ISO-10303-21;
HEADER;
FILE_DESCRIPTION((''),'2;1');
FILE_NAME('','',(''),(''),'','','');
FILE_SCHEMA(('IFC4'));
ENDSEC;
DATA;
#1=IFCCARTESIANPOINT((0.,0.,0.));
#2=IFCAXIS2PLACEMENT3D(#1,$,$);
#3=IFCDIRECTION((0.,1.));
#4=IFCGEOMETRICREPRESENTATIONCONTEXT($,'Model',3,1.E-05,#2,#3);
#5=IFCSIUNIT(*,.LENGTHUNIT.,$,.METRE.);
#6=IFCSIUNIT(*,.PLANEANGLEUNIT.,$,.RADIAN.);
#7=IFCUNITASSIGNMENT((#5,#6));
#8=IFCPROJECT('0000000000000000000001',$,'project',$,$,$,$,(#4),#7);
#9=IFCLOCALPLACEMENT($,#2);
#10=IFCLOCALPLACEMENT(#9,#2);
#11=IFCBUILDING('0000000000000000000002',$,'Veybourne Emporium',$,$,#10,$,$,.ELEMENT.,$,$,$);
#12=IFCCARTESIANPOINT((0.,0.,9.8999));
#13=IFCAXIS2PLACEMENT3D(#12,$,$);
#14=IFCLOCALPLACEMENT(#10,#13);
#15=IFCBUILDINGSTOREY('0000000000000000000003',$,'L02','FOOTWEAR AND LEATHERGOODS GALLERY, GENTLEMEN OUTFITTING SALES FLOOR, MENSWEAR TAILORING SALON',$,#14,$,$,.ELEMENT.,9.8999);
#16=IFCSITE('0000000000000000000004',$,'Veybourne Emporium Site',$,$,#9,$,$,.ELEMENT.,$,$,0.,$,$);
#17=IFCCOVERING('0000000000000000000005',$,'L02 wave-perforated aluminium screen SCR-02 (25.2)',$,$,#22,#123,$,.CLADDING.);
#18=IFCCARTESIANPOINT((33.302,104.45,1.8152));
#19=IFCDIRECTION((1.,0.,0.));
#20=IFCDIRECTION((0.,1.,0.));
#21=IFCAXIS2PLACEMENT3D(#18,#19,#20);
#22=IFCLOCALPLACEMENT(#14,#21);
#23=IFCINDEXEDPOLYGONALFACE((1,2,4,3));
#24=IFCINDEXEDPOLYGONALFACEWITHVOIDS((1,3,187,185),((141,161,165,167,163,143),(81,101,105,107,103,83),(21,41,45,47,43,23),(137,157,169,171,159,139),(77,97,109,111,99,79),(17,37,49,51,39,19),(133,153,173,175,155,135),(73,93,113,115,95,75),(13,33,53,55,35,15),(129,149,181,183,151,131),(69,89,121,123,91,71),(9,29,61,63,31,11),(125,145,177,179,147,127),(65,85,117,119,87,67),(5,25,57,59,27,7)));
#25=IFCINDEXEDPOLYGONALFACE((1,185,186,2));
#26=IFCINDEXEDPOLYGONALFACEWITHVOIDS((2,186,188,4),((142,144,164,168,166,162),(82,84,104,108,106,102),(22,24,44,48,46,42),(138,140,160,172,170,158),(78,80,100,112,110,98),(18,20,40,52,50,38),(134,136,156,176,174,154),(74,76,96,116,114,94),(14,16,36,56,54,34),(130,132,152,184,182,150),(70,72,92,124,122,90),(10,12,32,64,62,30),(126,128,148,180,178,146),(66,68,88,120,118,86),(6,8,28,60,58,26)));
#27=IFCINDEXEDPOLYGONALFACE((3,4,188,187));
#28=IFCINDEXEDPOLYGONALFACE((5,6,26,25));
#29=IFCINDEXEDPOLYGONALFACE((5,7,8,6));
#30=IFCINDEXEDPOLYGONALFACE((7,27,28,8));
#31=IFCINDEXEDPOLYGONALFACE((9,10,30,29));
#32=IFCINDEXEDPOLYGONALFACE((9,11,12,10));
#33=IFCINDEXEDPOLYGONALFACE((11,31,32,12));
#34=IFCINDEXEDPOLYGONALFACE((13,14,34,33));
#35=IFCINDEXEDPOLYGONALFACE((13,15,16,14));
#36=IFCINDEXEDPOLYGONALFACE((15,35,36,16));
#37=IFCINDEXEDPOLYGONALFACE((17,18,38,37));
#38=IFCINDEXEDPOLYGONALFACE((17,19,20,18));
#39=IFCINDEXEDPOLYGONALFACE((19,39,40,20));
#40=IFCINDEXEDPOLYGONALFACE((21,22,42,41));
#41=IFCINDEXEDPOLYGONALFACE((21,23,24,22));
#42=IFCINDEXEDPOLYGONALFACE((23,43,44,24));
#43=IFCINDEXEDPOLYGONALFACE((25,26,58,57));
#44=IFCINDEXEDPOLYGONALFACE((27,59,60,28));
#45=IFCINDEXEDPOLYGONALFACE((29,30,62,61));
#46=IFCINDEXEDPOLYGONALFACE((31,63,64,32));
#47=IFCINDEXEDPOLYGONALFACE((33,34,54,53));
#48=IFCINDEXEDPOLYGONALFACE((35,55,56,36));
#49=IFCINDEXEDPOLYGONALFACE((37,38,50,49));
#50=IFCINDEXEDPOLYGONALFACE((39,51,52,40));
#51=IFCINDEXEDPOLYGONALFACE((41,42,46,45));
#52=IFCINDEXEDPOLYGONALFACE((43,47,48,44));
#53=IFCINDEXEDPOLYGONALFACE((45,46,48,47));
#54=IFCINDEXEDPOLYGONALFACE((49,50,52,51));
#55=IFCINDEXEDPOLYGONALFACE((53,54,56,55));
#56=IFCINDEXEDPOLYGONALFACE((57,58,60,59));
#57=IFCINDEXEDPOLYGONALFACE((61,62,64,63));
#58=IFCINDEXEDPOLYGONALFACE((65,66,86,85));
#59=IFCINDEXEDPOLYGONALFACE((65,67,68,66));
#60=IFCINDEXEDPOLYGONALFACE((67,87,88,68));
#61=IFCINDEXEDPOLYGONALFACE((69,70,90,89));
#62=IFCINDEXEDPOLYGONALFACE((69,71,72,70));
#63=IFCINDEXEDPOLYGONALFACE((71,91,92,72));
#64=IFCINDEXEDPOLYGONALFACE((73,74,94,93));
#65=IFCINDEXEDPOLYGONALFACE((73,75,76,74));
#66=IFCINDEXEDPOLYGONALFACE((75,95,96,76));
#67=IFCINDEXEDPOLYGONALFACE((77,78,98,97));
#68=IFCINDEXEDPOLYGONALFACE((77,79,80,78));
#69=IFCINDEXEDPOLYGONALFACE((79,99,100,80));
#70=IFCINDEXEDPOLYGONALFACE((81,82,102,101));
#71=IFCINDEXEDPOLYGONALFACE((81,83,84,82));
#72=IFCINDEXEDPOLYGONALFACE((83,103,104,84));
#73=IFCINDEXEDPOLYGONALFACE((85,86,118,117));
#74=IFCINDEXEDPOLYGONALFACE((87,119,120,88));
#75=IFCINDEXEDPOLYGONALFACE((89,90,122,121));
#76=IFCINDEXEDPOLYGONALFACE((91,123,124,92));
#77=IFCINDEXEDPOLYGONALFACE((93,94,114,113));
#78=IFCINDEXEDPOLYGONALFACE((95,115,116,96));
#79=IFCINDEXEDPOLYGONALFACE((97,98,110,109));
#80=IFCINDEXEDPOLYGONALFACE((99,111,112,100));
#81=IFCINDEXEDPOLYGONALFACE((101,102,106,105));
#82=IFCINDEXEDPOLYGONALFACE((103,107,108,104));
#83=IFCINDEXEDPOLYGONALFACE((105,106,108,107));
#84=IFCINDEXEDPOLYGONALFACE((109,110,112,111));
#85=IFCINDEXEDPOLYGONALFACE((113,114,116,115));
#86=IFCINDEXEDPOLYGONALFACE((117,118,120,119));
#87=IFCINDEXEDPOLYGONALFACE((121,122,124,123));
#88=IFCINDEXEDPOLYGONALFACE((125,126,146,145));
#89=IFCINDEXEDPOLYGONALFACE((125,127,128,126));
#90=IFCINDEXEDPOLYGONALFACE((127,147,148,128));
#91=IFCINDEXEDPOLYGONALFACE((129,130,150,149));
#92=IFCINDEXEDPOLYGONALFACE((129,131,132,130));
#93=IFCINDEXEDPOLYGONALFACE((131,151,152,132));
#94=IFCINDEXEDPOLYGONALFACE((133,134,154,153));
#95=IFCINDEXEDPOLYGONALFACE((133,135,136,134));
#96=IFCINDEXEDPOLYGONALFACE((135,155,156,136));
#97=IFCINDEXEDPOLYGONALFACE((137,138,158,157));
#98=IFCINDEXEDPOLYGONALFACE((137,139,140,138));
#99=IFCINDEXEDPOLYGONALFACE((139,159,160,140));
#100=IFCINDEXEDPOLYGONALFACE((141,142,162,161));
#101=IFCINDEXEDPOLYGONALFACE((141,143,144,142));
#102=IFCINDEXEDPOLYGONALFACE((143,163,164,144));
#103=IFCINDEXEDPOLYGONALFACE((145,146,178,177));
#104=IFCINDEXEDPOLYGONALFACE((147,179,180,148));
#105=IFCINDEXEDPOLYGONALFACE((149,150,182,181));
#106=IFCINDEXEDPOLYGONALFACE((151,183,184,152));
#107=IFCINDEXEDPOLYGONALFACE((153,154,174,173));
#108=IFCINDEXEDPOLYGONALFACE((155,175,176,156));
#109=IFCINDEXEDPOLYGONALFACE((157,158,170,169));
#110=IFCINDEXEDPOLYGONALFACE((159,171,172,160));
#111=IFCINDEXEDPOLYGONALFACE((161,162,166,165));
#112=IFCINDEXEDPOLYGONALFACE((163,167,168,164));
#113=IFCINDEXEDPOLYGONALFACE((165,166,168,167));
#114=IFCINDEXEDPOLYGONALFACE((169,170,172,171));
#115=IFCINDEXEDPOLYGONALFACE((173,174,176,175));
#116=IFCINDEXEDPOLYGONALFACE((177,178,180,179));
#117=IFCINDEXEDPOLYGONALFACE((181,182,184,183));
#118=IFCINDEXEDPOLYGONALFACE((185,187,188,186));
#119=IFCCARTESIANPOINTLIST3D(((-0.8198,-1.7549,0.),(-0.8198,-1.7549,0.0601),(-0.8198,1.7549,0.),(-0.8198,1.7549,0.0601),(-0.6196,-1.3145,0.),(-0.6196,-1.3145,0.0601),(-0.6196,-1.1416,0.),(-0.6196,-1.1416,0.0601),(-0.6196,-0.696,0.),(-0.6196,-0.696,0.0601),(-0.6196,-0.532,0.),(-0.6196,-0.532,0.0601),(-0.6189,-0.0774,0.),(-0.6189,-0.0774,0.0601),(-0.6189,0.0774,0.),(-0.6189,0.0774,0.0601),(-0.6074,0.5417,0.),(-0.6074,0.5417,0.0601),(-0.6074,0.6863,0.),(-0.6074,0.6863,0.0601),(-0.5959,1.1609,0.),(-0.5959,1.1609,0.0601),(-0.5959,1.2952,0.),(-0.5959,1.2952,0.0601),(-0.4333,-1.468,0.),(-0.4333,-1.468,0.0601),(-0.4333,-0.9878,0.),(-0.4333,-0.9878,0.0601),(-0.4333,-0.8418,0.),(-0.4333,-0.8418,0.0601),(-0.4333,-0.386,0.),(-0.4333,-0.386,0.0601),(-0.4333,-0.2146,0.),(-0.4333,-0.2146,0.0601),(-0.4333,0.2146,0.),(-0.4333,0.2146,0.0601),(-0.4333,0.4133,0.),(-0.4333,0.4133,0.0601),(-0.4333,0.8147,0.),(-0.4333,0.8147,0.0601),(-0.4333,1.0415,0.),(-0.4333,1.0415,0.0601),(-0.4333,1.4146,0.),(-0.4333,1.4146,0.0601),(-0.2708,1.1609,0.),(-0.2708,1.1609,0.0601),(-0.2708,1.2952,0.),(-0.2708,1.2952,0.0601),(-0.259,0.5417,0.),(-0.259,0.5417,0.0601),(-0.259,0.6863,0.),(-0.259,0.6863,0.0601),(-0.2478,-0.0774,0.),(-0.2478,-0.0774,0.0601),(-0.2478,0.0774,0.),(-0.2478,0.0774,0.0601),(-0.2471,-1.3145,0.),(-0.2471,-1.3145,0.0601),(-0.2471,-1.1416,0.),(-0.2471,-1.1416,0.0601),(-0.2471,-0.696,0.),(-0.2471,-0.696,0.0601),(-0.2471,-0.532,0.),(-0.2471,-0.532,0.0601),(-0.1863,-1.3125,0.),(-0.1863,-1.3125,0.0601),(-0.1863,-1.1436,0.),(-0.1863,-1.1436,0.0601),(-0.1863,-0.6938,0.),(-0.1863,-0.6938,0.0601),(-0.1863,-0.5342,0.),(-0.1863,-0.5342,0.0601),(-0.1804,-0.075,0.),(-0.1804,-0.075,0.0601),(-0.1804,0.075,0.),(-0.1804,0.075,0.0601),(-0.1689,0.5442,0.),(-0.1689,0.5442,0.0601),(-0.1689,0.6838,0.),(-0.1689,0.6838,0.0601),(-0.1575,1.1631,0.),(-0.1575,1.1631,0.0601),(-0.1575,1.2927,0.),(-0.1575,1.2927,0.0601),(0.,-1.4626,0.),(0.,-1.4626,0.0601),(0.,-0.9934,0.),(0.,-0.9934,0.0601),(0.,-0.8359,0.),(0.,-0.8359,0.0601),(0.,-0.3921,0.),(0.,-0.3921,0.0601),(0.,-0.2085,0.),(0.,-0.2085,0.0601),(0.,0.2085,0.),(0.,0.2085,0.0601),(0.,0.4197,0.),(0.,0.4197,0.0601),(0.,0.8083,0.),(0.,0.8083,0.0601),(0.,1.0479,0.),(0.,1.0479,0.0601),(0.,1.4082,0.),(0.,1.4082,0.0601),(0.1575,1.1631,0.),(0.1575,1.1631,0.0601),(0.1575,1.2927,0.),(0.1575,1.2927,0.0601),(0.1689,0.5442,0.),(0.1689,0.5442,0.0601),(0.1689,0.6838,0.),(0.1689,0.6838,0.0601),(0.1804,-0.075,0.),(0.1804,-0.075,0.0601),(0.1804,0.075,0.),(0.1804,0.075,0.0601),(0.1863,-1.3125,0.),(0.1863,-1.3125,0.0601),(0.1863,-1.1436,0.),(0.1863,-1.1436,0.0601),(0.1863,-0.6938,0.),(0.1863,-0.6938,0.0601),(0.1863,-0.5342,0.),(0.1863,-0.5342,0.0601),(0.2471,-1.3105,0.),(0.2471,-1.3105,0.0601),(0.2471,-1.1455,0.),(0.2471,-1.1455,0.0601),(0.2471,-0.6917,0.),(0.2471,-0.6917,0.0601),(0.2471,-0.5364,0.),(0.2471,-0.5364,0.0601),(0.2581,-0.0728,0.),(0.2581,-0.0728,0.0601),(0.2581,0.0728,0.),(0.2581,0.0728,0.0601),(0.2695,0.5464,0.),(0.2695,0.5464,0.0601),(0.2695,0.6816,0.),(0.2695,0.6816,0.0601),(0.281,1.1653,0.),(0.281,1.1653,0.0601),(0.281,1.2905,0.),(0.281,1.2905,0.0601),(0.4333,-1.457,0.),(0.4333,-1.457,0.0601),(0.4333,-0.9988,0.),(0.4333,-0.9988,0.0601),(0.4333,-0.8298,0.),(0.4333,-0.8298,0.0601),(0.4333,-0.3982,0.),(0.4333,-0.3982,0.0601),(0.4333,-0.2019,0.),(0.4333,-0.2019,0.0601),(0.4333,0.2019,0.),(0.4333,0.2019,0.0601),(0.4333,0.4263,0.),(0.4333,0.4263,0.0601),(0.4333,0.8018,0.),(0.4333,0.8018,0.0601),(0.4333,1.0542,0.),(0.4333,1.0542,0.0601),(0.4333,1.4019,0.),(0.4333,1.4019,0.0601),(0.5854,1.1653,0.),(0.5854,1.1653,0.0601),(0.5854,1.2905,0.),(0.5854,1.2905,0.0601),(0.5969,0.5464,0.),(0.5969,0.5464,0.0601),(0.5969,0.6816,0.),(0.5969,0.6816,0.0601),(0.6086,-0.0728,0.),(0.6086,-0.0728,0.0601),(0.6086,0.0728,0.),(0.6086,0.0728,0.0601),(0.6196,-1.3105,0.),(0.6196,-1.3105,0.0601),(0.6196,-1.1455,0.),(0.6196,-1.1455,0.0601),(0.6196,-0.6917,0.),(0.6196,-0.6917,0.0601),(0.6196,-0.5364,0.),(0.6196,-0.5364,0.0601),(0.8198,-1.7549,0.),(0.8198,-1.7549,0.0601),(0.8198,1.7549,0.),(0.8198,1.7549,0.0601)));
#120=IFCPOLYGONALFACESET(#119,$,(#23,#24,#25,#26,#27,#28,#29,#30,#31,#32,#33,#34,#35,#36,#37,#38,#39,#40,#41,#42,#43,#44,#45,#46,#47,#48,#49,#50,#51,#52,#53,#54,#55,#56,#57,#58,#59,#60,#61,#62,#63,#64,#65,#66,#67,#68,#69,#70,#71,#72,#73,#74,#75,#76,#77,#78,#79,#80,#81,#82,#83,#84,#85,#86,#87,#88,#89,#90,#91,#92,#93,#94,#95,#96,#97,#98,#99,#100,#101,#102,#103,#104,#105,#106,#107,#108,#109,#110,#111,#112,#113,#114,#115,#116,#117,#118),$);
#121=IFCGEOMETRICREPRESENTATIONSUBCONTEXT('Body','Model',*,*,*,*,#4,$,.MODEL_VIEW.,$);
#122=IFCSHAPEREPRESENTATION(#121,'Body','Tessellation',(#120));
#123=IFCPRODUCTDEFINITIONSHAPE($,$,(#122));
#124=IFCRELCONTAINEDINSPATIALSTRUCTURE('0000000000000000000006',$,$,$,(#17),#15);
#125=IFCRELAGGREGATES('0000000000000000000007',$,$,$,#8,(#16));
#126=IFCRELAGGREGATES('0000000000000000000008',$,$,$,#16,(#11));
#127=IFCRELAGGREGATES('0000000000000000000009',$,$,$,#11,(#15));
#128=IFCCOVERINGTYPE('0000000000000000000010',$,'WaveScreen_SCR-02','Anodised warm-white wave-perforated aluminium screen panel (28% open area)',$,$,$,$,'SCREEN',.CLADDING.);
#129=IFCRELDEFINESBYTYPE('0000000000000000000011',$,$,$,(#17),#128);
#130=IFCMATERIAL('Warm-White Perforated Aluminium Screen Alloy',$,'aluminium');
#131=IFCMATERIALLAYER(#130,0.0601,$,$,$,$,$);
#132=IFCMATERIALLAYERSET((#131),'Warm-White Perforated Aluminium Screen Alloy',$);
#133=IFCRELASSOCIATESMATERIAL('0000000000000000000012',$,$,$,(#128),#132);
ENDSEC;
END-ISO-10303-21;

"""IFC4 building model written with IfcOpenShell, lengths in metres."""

from ifc_helpers import new_model, si_unit, direction, frame, origin, place, context, subcontext, project, spatial, polyline, outline, extrude, material, layer, layer_set, type_object, element, save


model = new_model("IFC4")

# Units and contexts
model_context = context("Model", 3, precision=1e-05, world=origin(), true_north=direction((0.0, 1.0)))
body_context = subcontext(model_context, "Body", "Model", "MODEL_VIEW")
ifc_project = project(units=[si_unit("LENGTHUNIT", "METRE"), si_unit("PLANEANGLEUNIT", "RADIAN")], contexts=[model_context])

# Site, building, storey
site_placement = place(None, origin())
site = spatial("IfcSite", under=ifc_project, at=site_placement, Name="Veybourne Emporium Site", CompositionType="ELEMENT", RefElevation=0.0)
building_placement = place(site_placement, origin())
building = spatial("IfcBuilding", under=site, at=building_placement, Name="Veybourne Emporium", CompositionType="ELEMENT")
storey_placement = place(building_placement, frame((0.0, 0.0, 9.8999)))
storey = spatial("IfcBuildingStorey", under=building, at=storey_placement, Name="L02", Description="FOOTWEAR AND LEATHERGOODS GALLERY, GENTLEMEN OUTFITTING SALES FLOOR, MENSWEAR TAILORING SALON", CompositionType="ELEMENT", Elevation=9.8999)

# Covering
ifc_material_1 = material(Name="Warm-White Perforated Aluminium Screen Alloy", Category="aluminium")
ifc_layer_1 = layer(ifc_material_1, 0.0601)
ifc_layer_set_1 = layer_set([ifc_layer_1], Name="Warm-White Perforated Aluminium Screen Alloy")
covering_type_1 = type_object("IfcCoveringType", Name="WaveScreen_SCR-02", Description="Anodised warm-white wave-perforated aluminium screen panel (28% open area)", ElementType="SCREEN", PredefinedType="CLADDING", material=ifc_layer_set_1)
covering_1_placement = place(storey_placement, frame((33.302, 104.45, 1.8152), z_axis=(1.0, 0.0, 0.0), x_axis=(0.0, 1.0, 0.0)))
element("IfcCovering", 1, at=covering_1_placement, inside=storey, type_object=covering_type_1, Name="L02 wave-perforated aluminium screen SCR-02 (25.2)", PredefinedType="CLADDING", context=body_context, shape_type="SweptSolid", body=[
    extrude(outline(polyline([(-0.8198, -1.7549), (0.8198, -1.7549), (0.8198, 1.7549), (-0.8198, 1.7549), (-0.8198, -1.7549)]), holes=[polyline([(-0.4333, -0.9878), (-0.2471, -1.1416), (-0.2471, -1.3145), (-0.4333, -1.468), (-0.6196, -1.3145), (-0.6196, -1.1416), (-0.4333, -0.9878)]), polyline([(-0.4333, -0.386), (-0.2471, -0.532), (-0.2471, -0.696), (-0.4333, -0.8418), (-0.6196, -0.696), (-0.6196, -0.532), (-0.4333, -0.386)]), polyline([(-0.4333, 0.2146), (-0.2478, 0.0774), (-0.2478, -0.0774), (-0.4333, -0.2146), (-0.6189, -0.0774), (-0.6189, 0.0774), (-0.4333, 0.2146)]), polyline([(-0.4333, 0.8147), (-0.259, 0.6863), (-0.259, 0.5417), (-0.4333, 0.4133), (-0.6074, 0.5417), (-0.6074, 0.6863), (-0.4333, 0.8147)]), polyline([(-0.4333, 1.4146), (-0.2708, 1.2952), (-0.2708, 1.1609), (-0.4333, 1.0415), (-0.5959, 1.1609), (-0.5959, 1.2952), (-0.4333, 1.4146)]), polyline([(0.0, -0.9934), (0.1863, -1.1436), (0.1863, -1.3125), (0.0, -1.4626), (-0.1863, -1.3125), (-0.1863, -1.1436), (0.0, -0.9934)]), polyline([(0.0, -0.3921), (0.1863, -0.5342), (0.1863, -0.6938), (0.0, -0.8359), (-0.1863, -0.6938), (-0.1863, -0.5342), (0.0, -0.3921)]), polyline([(0.0, 0.2085), (0.1804, 0.075), (0.1804, -0.075), (0.0, -0.2085), (-0.1804, -0.075), (-0.1804, 0.075), (0.0, 0.2085)]), polyline([(0.0, 0.8083), (0.1689, 0.6838), (0.1689, 0.5442), (0.0, 0.4197), (-0.1689, 0.5442), (-0.1689, 0.6838), (0.0, 0.8083)]), polyline([(0.0, 1.4082), (0.1575, 1.2927), (0.1575, 1.1631), (0.0, 1.0479), (-0.1575, 1.1631), (-0.1575, 1.2927), (0.0, 1.4082)]), polyline([(0.4333, -0.9988), (0.6196, -1.1455), (0.6196, -1.3105), (0.4333, -1.457), (0.2471, -1.3105), (0.2471, -1.1455), (0.4333, -0.9988)]), polyline([(0.4333, -0.3982), (0.6196, -0.5364), (0.6196, -0.6917), (0.4333, -0.8298), (0.2471, -0.6917), (0.2471, -0.5364), (0.4333, -0.3982)]), polyline([(0.4333, 0.2019), (0.6086, 0.0728), (0.6086, -0.0728), (0.4333, -0.2019), (0.2581, -0.0728), (0.2581, 0.0728), (0.4333, 0.2019)]), polyline([(0.4333, 0.8018), (0.5969, 0.6816), (0.5969, 0.5464), (0.4333, 0.4263), (0.2695, 0.5464), (0.2695, 0.6816), (0.4333, 0.8018)]), polyline([(0.4333, 1.4019), (0.5854, 1.2905), (0.5854, 1.1653), (0.4333, 1.0542), (0.281, 1.1653), (0.281, 1.2905), (0.4333, 1.4019)])]), origin(), (0.0, 0.0, 1.0), 0.0601),
])

save(model, "model.ifc")
